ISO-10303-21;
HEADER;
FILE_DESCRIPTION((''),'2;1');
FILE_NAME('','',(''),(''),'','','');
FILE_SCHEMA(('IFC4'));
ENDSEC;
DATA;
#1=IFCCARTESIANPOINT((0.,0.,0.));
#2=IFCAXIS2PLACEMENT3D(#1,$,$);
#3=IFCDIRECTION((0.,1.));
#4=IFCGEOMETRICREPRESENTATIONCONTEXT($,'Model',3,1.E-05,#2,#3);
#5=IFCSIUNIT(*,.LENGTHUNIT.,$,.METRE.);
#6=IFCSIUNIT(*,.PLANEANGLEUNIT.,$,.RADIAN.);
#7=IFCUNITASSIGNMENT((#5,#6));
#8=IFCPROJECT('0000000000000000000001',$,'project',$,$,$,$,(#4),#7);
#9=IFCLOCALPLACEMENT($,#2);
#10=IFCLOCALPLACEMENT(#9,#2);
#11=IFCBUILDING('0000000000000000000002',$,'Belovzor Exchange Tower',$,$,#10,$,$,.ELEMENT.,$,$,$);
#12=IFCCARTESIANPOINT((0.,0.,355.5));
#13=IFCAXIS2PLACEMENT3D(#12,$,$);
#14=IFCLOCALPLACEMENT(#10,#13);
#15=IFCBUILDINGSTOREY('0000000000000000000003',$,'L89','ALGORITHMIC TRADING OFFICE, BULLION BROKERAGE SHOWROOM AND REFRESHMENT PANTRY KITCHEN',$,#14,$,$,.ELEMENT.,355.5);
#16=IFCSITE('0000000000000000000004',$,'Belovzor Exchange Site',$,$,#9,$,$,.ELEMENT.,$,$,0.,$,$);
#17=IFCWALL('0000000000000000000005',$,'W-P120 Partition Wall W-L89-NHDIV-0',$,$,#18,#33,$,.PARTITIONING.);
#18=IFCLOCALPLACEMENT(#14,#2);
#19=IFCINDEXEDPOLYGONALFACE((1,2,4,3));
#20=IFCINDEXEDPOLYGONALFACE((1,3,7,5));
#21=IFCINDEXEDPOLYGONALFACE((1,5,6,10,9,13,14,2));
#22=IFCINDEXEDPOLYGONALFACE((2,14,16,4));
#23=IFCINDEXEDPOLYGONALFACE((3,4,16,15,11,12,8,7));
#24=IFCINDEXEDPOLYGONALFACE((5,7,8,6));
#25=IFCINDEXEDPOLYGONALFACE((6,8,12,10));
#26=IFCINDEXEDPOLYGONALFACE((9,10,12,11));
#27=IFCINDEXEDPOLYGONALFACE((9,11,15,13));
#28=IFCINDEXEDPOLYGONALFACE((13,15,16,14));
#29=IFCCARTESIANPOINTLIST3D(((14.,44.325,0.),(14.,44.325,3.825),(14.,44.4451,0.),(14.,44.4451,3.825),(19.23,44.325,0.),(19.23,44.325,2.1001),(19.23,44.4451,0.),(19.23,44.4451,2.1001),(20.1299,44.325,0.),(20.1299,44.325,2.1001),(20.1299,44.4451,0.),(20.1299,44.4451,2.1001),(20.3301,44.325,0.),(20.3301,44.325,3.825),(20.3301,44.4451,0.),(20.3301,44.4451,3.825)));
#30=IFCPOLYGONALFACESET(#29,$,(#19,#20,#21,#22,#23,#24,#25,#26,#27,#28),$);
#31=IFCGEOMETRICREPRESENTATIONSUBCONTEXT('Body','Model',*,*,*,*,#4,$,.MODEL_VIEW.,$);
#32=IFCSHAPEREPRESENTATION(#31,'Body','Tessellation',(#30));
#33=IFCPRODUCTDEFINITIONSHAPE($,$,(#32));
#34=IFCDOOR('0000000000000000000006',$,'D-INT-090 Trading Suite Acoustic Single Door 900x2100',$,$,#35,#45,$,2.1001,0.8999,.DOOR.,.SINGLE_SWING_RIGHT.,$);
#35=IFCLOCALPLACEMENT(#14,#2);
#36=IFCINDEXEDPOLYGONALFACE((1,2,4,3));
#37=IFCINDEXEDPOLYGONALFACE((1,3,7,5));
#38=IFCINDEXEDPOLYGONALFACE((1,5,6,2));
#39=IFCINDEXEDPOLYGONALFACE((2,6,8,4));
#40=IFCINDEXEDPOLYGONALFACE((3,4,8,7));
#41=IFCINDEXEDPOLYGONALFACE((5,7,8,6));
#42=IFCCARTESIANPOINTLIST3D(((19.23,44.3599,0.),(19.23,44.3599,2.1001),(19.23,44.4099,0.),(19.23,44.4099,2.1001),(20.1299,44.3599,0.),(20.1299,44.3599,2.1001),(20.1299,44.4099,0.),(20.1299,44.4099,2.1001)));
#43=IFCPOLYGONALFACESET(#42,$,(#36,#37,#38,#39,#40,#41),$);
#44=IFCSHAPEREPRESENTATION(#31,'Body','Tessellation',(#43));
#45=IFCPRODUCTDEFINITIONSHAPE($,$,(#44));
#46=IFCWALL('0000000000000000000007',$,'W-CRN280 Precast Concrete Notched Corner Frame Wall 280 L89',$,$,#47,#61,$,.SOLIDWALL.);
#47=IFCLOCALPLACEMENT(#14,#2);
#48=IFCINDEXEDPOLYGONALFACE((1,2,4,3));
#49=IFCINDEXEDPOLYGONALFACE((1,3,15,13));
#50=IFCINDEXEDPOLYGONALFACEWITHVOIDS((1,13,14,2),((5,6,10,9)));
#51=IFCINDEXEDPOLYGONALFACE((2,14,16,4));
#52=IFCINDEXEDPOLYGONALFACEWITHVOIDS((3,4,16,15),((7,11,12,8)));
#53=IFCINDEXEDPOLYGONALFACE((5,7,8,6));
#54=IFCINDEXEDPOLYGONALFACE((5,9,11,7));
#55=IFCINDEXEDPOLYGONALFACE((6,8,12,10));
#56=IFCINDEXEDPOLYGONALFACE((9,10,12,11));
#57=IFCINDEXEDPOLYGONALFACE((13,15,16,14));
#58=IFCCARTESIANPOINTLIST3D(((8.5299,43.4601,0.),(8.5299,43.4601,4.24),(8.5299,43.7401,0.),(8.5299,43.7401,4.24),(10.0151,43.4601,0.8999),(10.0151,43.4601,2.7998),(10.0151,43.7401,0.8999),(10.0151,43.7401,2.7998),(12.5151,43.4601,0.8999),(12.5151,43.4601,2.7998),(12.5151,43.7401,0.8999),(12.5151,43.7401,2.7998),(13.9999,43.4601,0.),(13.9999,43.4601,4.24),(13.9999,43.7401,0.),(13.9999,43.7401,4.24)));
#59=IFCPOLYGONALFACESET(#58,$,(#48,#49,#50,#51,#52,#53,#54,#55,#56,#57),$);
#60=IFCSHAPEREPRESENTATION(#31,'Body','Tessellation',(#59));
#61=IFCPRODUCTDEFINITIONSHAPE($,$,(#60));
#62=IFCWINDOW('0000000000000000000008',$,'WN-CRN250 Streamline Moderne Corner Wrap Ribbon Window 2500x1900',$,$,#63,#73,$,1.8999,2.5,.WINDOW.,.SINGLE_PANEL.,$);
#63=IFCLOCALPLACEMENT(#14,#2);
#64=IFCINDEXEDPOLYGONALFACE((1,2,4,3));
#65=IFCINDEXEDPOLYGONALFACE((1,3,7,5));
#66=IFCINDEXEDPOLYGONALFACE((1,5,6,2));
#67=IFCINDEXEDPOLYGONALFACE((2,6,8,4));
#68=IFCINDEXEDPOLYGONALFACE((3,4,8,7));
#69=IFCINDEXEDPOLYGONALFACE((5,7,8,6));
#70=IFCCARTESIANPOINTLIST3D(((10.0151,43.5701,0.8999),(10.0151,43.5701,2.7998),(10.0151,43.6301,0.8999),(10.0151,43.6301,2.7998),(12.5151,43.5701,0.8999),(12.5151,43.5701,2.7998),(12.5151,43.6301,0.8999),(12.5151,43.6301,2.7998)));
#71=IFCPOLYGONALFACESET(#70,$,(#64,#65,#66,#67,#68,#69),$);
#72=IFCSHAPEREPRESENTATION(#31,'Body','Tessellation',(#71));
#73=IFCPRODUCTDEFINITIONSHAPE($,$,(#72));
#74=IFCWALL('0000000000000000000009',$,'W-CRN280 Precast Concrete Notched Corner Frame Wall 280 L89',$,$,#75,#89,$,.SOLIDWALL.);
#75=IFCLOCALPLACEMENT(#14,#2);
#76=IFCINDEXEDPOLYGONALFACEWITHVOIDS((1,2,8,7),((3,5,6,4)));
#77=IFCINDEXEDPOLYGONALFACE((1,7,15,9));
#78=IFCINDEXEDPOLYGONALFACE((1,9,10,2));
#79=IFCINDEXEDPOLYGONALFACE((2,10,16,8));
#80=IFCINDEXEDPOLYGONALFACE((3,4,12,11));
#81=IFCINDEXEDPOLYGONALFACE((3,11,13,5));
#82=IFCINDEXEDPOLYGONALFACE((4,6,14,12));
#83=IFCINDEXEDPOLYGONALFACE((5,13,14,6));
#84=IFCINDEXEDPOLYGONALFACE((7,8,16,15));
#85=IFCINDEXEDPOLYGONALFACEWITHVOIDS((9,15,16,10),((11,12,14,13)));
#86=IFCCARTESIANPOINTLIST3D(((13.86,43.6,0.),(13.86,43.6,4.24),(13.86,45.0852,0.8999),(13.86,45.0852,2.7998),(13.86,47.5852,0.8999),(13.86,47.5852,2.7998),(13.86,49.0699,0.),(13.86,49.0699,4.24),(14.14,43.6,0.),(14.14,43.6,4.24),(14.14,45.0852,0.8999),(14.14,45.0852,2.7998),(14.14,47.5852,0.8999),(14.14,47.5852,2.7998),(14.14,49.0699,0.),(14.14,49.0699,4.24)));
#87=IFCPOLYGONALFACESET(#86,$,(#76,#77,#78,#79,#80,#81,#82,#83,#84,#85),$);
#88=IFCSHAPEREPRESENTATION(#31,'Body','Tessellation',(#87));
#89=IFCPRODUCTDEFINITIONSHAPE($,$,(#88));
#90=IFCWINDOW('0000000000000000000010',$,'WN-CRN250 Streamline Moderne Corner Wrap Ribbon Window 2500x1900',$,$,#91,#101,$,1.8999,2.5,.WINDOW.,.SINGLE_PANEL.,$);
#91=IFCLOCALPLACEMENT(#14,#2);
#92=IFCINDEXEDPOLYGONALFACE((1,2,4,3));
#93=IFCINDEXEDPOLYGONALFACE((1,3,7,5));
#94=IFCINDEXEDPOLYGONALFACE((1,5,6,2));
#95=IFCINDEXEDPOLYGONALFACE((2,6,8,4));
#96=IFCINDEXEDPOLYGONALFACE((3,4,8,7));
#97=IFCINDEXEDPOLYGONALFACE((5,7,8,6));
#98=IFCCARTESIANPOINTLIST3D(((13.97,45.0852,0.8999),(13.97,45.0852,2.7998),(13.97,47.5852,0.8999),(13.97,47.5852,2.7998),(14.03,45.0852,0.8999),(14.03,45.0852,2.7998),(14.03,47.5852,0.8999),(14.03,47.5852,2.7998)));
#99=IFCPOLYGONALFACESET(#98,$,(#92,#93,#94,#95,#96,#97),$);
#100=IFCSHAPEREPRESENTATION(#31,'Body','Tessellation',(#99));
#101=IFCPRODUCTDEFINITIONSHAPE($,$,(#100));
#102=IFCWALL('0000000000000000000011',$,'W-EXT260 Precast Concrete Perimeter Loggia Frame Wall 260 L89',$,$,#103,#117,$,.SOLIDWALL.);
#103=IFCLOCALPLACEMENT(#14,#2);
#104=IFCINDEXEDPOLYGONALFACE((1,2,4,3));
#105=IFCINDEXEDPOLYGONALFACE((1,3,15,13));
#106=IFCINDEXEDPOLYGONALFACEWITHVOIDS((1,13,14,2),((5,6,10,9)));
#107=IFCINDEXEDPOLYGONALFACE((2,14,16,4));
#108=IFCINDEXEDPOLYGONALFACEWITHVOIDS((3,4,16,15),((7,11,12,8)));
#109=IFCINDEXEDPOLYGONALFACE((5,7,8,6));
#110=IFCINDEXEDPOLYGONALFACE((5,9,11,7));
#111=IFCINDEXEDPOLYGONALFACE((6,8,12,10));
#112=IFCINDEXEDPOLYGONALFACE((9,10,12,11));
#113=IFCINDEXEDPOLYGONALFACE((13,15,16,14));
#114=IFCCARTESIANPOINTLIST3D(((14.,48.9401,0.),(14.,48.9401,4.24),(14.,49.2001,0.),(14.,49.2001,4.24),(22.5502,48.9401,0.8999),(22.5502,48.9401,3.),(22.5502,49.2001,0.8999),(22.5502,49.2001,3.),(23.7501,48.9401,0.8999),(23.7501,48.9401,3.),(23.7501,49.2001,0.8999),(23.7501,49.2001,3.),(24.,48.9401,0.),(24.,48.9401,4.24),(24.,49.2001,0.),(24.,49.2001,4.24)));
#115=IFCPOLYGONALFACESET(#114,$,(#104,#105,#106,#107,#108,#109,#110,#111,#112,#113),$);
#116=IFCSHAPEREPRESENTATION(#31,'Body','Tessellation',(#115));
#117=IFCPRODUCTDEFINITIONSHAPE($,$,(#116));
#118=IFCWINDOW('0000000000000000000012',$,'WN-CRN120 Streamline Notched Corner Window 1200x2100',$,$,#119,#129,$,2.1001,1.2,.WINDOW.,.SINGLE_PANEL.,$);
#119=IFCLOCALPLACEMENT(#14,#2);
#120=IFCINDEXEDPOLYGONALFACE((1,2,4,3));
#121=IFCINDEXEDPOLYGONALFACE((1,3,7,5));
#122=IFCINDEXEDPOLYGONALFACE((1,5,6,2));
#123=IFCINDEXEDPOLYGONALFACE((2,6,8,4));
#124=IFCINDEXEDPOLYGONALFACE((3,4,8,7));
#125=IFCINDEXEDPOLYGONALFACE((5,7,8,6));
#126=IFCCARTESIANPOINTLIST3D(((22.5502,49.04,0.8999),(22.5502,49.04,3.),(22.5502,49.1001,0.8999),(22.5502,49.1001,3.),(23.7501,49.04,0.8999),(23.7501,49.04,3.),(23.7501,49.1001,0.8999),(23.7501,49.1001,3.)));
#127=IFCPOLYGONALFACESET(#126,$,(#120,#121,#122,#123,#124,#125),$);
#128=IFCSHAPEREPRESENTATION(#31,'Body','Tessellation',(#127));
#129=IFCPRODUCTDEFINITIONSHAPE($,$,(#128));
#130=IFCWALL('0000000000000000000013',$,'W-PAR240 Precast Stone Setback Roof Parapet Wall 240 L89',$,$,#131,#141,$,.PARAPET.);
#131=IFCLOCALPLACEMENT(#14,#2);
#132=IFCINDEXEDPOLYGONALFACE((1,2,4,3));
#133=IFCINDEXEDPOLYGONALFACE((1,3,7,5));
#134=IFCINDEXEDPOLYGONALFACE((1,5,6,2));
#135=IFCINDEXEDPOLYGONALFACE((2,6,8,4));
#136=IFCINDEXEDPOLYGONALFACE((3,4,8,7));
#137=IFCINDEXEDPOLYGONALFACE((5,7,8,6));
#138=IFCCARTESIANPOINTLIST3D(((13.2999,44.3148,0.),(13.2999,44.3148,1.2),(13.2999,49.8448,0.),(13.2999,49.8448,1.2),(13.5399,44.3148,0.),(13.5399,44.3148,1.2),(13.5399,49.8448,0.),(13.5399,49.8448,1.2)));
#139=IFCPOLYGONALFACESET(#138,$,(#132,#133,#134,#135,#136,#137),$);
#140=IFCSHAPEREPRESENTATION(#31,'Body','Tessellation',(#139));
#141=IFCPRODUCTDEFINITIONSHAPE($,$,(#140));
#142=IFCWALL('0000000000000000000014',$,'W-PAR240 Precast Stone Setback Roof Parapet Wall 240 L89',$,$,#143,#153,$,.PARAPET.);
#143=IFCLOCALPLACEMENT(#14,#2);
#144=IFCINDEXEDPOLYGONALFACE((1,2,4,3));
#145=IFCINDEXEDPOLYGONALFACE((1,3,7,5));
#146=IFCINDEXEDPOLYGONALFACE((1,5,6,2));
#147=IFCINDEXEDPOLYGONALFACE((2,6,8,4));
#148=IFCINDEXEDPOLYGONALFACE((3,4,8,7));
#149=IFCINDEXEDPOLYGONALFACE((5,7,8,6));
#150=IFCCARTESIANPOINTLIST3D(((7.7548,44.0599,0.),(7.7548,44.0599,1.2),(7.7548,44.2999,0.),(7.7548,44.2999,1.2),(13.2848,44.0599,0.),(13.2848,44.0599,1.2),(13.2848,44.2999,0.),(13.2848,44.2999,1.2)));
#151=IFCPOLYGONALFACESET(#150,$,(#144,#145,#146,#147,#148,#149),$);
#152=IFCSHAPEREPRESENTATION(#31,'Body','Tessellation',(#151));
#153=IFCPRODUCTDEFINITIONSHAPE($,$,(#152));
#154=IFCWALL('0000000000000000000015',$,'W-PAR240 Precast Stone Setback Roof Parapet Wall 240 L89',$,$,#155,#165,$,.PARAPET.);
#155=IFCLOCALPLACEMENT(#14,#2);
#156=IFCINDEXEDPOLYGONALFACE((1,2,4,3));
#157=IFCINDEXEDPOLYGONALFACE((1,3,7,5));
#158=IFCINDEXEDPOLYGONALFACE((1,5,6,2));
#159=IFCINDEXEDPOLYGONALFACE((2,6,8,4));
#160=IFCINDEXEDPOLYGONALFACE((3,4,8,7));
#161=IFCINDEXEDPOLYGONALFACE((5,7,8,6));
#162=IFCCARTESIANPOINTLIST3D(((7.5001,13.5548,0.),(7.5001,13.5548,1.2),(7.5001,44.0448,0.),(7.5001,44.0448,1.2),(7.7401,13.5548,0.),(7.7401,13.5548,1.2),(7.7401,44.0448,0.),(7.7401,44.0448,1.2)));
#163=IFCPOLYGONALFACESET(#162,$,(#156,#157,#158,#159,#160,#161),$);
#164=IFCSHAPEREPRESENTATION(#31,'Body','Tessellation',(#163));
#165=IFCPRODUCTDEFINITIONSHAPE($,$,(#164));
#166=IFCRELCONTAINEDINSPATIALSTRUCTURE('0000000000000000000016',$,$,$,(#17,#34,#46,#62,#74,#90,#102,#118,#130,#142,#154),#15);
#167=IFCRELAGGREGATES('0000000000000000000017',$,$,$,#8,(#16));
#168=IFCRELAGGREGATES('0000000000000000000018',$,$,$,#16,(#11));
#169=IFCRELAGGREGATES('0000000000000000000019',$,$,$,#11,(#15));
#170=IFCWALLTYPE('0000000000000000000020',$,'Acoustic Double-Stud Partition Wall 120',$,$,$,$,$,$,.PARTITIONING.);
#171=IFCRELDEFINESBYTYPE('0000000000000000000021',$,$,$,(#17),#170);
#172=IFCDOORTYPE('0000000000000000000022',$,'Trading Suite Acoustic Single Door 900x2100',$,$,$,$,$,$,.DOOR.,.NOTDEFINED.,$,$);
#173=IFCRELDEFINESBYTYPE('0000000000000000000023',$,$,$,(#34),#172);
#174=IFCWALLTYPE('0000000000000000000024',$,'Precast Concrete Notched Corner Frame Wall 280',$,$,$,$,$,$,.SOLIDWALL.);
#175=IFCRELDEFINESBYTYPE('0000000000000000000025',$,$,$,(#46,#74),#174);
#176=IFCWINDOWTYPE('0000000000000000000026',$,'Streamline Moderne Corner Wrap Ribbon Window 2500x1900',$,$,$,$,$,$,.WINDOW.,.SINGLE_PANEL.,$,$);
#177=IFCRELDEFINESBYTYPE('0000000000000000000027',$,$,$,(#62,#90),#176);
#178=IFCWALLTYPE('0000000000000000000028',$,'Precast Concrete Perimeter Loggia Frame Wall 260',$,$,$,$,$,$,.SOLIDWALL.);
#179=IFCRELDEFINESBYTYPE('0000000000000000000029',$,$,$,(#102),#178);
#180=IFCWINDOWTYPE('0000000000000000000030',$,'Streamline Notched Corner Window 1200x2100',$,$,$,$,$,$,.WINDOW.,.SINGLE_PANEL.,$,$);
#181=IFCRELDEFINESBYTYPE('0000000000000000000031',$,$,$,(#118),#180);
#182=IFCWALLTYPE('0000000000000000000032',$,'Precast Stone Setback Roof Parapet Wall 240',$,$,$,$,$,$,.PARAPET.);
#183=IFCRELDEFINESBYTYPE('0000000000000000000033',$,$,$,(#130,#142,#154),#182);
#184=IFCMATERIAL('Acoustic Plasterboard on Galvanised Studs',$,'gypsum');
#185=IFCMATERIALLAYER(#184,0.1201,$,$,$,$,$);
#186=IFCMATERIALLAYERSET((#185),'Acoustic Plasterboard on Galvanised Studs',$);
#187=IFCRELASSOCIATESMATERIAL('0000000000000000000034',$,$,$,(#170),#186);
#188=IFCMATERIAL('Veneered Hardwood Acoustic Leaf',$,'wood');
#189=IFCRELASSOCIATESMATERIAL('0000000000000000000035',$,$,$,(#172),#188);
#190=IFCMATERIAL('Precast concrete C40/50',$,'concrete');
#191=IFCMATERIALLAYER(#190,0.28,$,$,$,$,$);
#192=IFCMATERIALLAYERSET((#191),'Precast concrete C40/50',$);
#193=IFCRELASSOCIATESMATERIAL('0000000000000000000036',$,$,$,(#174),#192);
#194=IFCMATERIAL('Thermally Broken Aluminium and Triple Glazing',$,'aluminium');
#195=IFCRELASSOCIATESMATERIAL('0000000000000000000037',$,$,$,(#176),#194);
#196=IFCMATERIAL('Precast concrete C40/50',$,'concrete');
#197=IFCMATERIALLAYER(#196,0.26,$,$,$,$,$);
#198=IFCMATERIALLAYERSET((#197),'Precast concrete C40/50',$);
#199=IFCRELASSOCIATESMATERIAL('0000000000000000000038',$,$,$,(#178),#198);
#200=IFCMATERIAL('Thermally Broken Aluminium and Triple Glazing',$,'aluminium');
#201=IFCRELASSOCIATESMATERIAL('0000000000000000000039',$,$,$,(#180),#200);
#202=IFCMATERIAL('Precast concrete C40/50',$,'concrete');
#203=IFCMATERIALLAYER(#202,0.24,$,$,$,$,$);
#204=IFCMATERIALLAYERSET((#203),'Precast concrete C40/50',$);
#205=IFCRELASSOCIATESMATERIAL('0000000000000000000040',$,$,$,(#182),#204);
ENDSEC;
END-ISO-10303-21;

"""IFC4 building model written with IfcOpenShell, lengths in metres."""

from ifc_helpers import new_model, si_unit, direction, frame, frame_2d, origin, place, context, subcontext, project, spatial, rectangle, extrude, material, layer, layer_set, type_object, element, fill, save


model = new_model("IFC4")

# Units and contexts
model_context = context("Model", 3, precision=1e-05, world=origin(), true_north=direction((0.0, 1.0)))
body_context = subcontext(model_context, "Body", "Model", "MODEL_VIEW")
ifc_project = project(units=[si_unit("LENGTHUNIT", "METRE"), si_unit("PLANEANGLEUNIT", "RADIAN")], contexts=[model_context])

# Site, building, storey
site_placement = place(None, origin())
site = spatial("IfcSite", under=ifc_project, at=site_placement, Name="Belovzor Exchange Site", CompositionType="ELEMENT", RefElevation=0.0)
building_placement = place(site_placement, origin())
building = spatial("IfcBuilding", under=site, at=building_placement, Name="Belovzor Exchange Tower", CompositionType="ELEMENT")
storey_placement = place(building_placement, frame((0.0, 0.0, 355.5)))
storey = spatial("IfcBuildingStorey", under=building, at=storey_placement, Name="L89", Description="ALGORITHMIC TRADING OFFICE, BULLION BROKERAGE SHOWROOM AND REFRESHMENT PANTRY KITCHEN", CompositionType="ELEMENT", Elevation=355.5)

# Wall, opening, door
ifc_material_1 = material(Name="Acoustic Plasterboard on Galvanised Studs", Category="gypsum")
ifc_layer_1 = layer(ifc_material_1, 0.1201)
ifc_layer_set_1 = layer_set([ifc_layer_1], Name="Acoustic Plasterboard on Galvanised Studs")
wall_type_1 = type_object("IfcWallType", Name="Acoustic Double-Stud Partition Wall 120", PredefinedType="PARTITIONING", material=ifc_layer_set_1)
wall_1_placement = place(storey_placement, frame((14.0, 44.385, 0.0), z_axis=(0.0, 0.0, 1.0), x_axis=(1.0, 0.0, 0.0)))
wall_1 = element("IfcWall", 1, at=wall_1_placement, inside=storey, type_object=wall_type_1, Name="W-P120 Partition Wall W-L89-NHDIV-0", PredefinedType="PARTITIONING", context=body_context, shape_type="SweptSolid", body=[
    extrude(rectangle(XDim=6.3301, YDim=0.1201, at=frame_2d((3.165, 0.0))), origin(), (0.0, 0.0, 1.0), 3.825),
])
opening_1_placement = place(wall_1_placement, frame((5.23, 0.0, 0.0)))
opening_1 = element("IfcOpeningElement", 2, at=opening_1_placement, cuts=wall_1, PredefinedType="OPENING", context=body_context, shape_type="SweptSolid", body=[
    extrude(rectangle(XDim=0.8999, YDim=2.1001, at=frame_2d((0.45, 1.05))), frame((0.0, 0.0701, 0.0), z_axis=(0.0, -1.0, 0.0), x_axis=(1.0, 0.0, 0.0)), (0.0, 0.0, 1.0), 0.1401),
])
ifc_material_2 = material(Name="Veneered Hardwood Acoustic Leaf", Category="wood")
door_type = type_object("IfcDoorType", Name="Trading Suite Acoustic Single Door 900x2100", OperationType="NOTDEFINED", PredefinedType="DOOR", material=ifc_material_2)
door_placement = place(opening_1_placement, origin())
door = element("IfcDoor", 3, at=door_placement, inside=storey, type_object=door_type, Name="D-INT-090 Trading Suite Acoustic Single Door 900x2100", OperationType="SINGLE_SWING_RIGHT", OverallHeight=2.1001, OverallWidth=0.8999, PredefinedType="DOOR", context=body_context, shape_type="SweptSolid", body=[
    extrude(rectangle(XDim=0.8999, YDim=2.1001, at=frame_2d((0.45, 1.05))), frame((0.0, 0.0249, 0.0), z_axis=(0.0, -1.0, 0.0), x_axis=(1.0, 0.0, 0.0)), (0.0, 0.0, 1.0), 0.05),
])
fill(opening_1, door)

# Walls, openings, windows
ifc_material_3 = material(Name="Precast concrete C40/50", Category="concrete")
ifc_layer_2 = layer(ifc_material_3, 0.28)
ifc_layer_set_2 = layer_set([ifc_layer_2], Name="Precast concrete C40/50")
wall_type_2 = type_object("IfcWallType", Name="Precast Concrete Notched Corner Frame Wall 280", PredefinedType="SOLIDWALL", material=ifc_layer_set_2)
wall_2_placement = place(storey_placement, frame((8.53, 43.6001, 0.0), z_axis=(0.0, 0.0, 1.0), x_axis=(1.0, 0.0, 0.0)))
wall_2 = element("IfcWall", 4, at=wall_2_placement, inside=storey, type_object=wall_type_2, Name="W-CRN280 Precast Concrete Notched Corner Frame Wall 280 L89", PredefinedType="SOLIDWALL", context=body_context, shape_type="SweptSolid", body=[
    extrude(rectangle(XDim=5.47, YDim=0.28, at=frame_2d((2.7349, 0.0))), origin(), (0.0, 0.0, 1.0), 4.24),
])
opening_2_placement = place(wall_2_placement, frame((1.4851, 0.0, 0.8999)))
opening_2 = element("IfcOpeningElement", 5, at=opening_2_placement, cuts=wall_2, PredefinedType="OPENING", context=body_context, shape_type="SweptSolid", body=[
    extrude(rectangle(XDim=2.5, YDim=1.8999, at=frame_2d((1.25, 0.95))), frame((0.0, 0.1499, 0.0), z_axis=(0.0, -1.0, 0.0), x_axis=(1.0, 0.0, 0.0)), (0.0, 0.0, 1.0), 0.3),
])
ifc_material_4 = material(Name="Thermally Broken Aluminium and Triple Glazing", Category="aluminium")
window_type_1 = type_object("IfcWindowType", Name="Streamline Moderne Corner Wrap Ribbon Window 2500x1900", PartitioningType="SINGLE_PANEL", PredefinedType="WINDOW", material=ifc_material_4)
window_1_placement = place(opening_2_placement, origin())
window_1 = element("IfcWindow", 6, at=window_1_placement, inside=storey, type_object=window_type_1, Name="WN-CRN250 Streamline Moderne Corner Wrap Ribbon Window 2500x1900", OverallHeight=1.8999, OverallWidth=2.5, PartitioningType="SINGLE_PANEL", PredefinedType="WINDOW", context=body_context, shape_type="SweptSolid", body=[
    extrude(rectangle(XDim=2.5, YDim=1.8999, at=frame_2d((1.25, 0.95))), frame((0.0, 0.03, 0.0), z_axis=(0.0, -1.0, 0.0), x_axis=(1.0, 0.0, 0.0)), (0.0, 0.0, 1.0), 0.0601),
])
fill(opening_2, window_1)
wall_3_placement = place(storey_placement, frame((14.0, 43.6001, 0.0), z_axis=(0.0, 0.0, 1.0), x_axis=(0.0, 1.0, 0.0)))
wall_3 = element("IfcWall", 7, at=wall_3_placement, inside=storey, type_object=wall_type_2, Name="W-CRN280 Precast Concrete Notched Corner Frame Wall 280 L89", PredefinedType="SOLIDWALL", context=body_context, shape_type="SweptSolid", body=[
    extrude(rectangle(XDim=5.47, YDim=0.28, at=frame_2d((2.7349, 0.0))), origin(), (0.0, 0.0, 1.0), 4.24),
])
opening_3_placement = place(wall_3_placement, frame((1.4851, 0.0, 0.8999)))
opening_3 = element("IfcOpeningElement", 8, at=opening_3_placement, cuts=wall_3, PredefinedType="OPENING", context=body_context, shape_type="SweptSolid", body=[
    extrude(rectangle(XDim=2.5, YDim=1.8999, at=frame_2d((1.25, 0.95))), frame((0.0, 0.1499, 0.0), z_axis=(0.0, -1.0, 0.0), x_axis=(1.0, 0.0, 0.0)), (0.0, 0.0, 1.0), 0.3),
])
window_2_placement = place(opening_3_placement, origin())
window_2 = element("IfcWindow", 9, at=window_2_placement, inside=storey, type_object=window_type_1, Name="WN-CRN250 Streamline Moderne Corner Wrap Ribbon Window 2500x1900", OverallHeight=1.8999, OverallWidth=2.5, PartitioningType="SINGLE_PANEL", PredefinedType="WINDOW", context=body_context, shape_type="SweptSolid", body=[
    extrude(rectangle(XDim=2.5, YDim=1.8999, at=frame_2d((1.25, 0.95))), frame((0.0, 0.03, 0.0), z_axis=(0.0, -1.0, 0.0), x_axis=(1.0, 0.0, 0.0)), (0.0, 0.0, 1.0), 0.0601),
])
fill(opening_3, window_2)
ifc_material_5 = material(Name="Precast concrete C40/50", Category="concrete")
ifc_layer_3 = layer(ifc_material_5, 0.26)
ifc_layer_set_3 = layer_set([ifc_layer_3], Name="Precast concrete C40/50")
wall_type_3 = type_object("IfcWallType", Name="Precast Concrete Perimeter Loggia Frame Wall 260", PredefinedType="SOLIDWALL", material=ifc_layer_set_3)
wall_4_placement = place(storey_placement, frame((14.0, 49.0701, 0.0), z_axis=(0.0, 0.0, 1.0), x_axis=(1.0, 0.0, 0.0)))
wall_4 = element("IfcWall", 10, at=wall_4_placement, inside=storey, type_object=wall_type_3, Name="W-EXT260 Precast Concrete Perimeter Loggia Frame Wall 260 L89", PredefinedType="SOLIDWALL", context=body_context, shape_type="SweptSolid", body=[
    extrude(rectangle(XDim=10.0, YDim=0.26, at=frame_2d((5.0, 0.0))), origin(), (0.0, 0.0, 1.0), 4.24),
])
opening_4_placement = place(wall_4_placement, frame((8.55, 0.0, 0.8999)))
opening_4 = element("IfcOpeningElement", 11, at=opening_4_placement, cuts=wall_4, PredefinedType="OPENING", context=body_context, shape_type="SweptSolid", body=[
    extrude(rectangle(XDim=1.2, YDim=2.1001, at=frame_2d((0.6001, 1.05))), frame((0.0, 0.1399, 0.0), z_axis=(0.0, -1.0, 0.0), x_axis=(1.0, 0.0, 0.0)), (0.0, 0.0, 1.0), 0.28),
])
ifc_material_6 = material(Name="Thermally Broken Aluminium and Triple Glazing", Category="aluminium")
window_type_2 = type_object("IfcWindowType", Name="Streamline Notched Corner Window 1200x2100", PartitioningType="SINGLE_PANEL", PredefinedType="WINDOW", material=ifc_material_6)
window_3_placement = place(opening_4_placement, origin())
window_3 = element("IfcWindow", 12, at=window_3_placement, inside=storey, type_object=window_type_2, Name="WN-CRN120 Streamline Notched Corner Window 1200x2100", OverallHeight=2.1001, OverallWidth=1.2, PartitioningType="SINGLE_PANEL", PredefinedType="WINDOW", context=body_context, shape_type="SweptSolid", body=[
    extrude(rectangle(XDim=1.2, YDim=2.1001, at=frame_2d((0.6001, 1.05))), frame((0.0, 0.03, 0.0), z_axis=(0.0, -1.0, 0.0), x_axis=(1.0, 0.0, 0.0)), (0.0, 0.0, 1.0), 0.0601),
])
fill(opening_4, window_3)

# Walls
ifc_material_7 = material(Name="Precast concrete C40/50", Category="concrete")
ifc_layer_4 = layer(ifc_material_7, 0.24)
ifc_layer_set_4 = layer_set([ifc_layer_4], Name="Precast concrete C40/50")
wall_type_4 = type_object("IfcWallType", Name="Precast Stone Setback Roof Parapet Wall 240", PredefinedType="PARAPET", material=ifc_layer_set_4)
for number, where, z_axis, x_axis, name in (
    (13, (13.4199, 49.845, 0.0), (0.0, 0.0, 1.0), (0.0, -1.0, 0.0), "W-PAR240 Precast Stone Setback Roof Parapet Wall 240 L89"),
    (14, (13.2849, 44.1799, 0.0), (0.0, 0.0, 1.0), (-1.0, 0.0, 0.0), "W-PAR240 Precast Stone Setback Roof Parapet Wall 240 L89"),
):
    element("IfcWall", number, at=place(storey_placement, frame(where, z_axis=z_axis, x_axis=x_axis)), inside=storey, type_object=wall_type_4, Name=name, PredefinedType="PARAPET", context=body_context, shape_type="SweptSolid", body=[
        extrude(rectangle(XDim=5.53, YDim=0.24, at=frame_2d((2.7651, 0.0))), origin(), (0.0, 0.0, 1.0), 1.2),
    ])
wall_5_placement = place(storey_placement, frame((7.6201, 44.0449, 0.0), z_axis=(0.0, 0.0, 1.0), x_axis=(0.0, -1.0, 0.0)))
element("IfcWall", 15, at=wall_5_placement, inside=storey, type_object=wall_type_4, Name="W-PAR240 Precast Stone Setback Roof Parapet Wall 240 L89", PredefinedType="PARAPET", context=body_context, shape_type="SweptSolid", body=[
    extrude(rectangle(XDim=30.49, YDim=0.24, at=frame_2d((15.2451, 0.0))), origin(), (0.0, 0.0, 1.0), 1.2),
])

save(model, "model.ifc")
